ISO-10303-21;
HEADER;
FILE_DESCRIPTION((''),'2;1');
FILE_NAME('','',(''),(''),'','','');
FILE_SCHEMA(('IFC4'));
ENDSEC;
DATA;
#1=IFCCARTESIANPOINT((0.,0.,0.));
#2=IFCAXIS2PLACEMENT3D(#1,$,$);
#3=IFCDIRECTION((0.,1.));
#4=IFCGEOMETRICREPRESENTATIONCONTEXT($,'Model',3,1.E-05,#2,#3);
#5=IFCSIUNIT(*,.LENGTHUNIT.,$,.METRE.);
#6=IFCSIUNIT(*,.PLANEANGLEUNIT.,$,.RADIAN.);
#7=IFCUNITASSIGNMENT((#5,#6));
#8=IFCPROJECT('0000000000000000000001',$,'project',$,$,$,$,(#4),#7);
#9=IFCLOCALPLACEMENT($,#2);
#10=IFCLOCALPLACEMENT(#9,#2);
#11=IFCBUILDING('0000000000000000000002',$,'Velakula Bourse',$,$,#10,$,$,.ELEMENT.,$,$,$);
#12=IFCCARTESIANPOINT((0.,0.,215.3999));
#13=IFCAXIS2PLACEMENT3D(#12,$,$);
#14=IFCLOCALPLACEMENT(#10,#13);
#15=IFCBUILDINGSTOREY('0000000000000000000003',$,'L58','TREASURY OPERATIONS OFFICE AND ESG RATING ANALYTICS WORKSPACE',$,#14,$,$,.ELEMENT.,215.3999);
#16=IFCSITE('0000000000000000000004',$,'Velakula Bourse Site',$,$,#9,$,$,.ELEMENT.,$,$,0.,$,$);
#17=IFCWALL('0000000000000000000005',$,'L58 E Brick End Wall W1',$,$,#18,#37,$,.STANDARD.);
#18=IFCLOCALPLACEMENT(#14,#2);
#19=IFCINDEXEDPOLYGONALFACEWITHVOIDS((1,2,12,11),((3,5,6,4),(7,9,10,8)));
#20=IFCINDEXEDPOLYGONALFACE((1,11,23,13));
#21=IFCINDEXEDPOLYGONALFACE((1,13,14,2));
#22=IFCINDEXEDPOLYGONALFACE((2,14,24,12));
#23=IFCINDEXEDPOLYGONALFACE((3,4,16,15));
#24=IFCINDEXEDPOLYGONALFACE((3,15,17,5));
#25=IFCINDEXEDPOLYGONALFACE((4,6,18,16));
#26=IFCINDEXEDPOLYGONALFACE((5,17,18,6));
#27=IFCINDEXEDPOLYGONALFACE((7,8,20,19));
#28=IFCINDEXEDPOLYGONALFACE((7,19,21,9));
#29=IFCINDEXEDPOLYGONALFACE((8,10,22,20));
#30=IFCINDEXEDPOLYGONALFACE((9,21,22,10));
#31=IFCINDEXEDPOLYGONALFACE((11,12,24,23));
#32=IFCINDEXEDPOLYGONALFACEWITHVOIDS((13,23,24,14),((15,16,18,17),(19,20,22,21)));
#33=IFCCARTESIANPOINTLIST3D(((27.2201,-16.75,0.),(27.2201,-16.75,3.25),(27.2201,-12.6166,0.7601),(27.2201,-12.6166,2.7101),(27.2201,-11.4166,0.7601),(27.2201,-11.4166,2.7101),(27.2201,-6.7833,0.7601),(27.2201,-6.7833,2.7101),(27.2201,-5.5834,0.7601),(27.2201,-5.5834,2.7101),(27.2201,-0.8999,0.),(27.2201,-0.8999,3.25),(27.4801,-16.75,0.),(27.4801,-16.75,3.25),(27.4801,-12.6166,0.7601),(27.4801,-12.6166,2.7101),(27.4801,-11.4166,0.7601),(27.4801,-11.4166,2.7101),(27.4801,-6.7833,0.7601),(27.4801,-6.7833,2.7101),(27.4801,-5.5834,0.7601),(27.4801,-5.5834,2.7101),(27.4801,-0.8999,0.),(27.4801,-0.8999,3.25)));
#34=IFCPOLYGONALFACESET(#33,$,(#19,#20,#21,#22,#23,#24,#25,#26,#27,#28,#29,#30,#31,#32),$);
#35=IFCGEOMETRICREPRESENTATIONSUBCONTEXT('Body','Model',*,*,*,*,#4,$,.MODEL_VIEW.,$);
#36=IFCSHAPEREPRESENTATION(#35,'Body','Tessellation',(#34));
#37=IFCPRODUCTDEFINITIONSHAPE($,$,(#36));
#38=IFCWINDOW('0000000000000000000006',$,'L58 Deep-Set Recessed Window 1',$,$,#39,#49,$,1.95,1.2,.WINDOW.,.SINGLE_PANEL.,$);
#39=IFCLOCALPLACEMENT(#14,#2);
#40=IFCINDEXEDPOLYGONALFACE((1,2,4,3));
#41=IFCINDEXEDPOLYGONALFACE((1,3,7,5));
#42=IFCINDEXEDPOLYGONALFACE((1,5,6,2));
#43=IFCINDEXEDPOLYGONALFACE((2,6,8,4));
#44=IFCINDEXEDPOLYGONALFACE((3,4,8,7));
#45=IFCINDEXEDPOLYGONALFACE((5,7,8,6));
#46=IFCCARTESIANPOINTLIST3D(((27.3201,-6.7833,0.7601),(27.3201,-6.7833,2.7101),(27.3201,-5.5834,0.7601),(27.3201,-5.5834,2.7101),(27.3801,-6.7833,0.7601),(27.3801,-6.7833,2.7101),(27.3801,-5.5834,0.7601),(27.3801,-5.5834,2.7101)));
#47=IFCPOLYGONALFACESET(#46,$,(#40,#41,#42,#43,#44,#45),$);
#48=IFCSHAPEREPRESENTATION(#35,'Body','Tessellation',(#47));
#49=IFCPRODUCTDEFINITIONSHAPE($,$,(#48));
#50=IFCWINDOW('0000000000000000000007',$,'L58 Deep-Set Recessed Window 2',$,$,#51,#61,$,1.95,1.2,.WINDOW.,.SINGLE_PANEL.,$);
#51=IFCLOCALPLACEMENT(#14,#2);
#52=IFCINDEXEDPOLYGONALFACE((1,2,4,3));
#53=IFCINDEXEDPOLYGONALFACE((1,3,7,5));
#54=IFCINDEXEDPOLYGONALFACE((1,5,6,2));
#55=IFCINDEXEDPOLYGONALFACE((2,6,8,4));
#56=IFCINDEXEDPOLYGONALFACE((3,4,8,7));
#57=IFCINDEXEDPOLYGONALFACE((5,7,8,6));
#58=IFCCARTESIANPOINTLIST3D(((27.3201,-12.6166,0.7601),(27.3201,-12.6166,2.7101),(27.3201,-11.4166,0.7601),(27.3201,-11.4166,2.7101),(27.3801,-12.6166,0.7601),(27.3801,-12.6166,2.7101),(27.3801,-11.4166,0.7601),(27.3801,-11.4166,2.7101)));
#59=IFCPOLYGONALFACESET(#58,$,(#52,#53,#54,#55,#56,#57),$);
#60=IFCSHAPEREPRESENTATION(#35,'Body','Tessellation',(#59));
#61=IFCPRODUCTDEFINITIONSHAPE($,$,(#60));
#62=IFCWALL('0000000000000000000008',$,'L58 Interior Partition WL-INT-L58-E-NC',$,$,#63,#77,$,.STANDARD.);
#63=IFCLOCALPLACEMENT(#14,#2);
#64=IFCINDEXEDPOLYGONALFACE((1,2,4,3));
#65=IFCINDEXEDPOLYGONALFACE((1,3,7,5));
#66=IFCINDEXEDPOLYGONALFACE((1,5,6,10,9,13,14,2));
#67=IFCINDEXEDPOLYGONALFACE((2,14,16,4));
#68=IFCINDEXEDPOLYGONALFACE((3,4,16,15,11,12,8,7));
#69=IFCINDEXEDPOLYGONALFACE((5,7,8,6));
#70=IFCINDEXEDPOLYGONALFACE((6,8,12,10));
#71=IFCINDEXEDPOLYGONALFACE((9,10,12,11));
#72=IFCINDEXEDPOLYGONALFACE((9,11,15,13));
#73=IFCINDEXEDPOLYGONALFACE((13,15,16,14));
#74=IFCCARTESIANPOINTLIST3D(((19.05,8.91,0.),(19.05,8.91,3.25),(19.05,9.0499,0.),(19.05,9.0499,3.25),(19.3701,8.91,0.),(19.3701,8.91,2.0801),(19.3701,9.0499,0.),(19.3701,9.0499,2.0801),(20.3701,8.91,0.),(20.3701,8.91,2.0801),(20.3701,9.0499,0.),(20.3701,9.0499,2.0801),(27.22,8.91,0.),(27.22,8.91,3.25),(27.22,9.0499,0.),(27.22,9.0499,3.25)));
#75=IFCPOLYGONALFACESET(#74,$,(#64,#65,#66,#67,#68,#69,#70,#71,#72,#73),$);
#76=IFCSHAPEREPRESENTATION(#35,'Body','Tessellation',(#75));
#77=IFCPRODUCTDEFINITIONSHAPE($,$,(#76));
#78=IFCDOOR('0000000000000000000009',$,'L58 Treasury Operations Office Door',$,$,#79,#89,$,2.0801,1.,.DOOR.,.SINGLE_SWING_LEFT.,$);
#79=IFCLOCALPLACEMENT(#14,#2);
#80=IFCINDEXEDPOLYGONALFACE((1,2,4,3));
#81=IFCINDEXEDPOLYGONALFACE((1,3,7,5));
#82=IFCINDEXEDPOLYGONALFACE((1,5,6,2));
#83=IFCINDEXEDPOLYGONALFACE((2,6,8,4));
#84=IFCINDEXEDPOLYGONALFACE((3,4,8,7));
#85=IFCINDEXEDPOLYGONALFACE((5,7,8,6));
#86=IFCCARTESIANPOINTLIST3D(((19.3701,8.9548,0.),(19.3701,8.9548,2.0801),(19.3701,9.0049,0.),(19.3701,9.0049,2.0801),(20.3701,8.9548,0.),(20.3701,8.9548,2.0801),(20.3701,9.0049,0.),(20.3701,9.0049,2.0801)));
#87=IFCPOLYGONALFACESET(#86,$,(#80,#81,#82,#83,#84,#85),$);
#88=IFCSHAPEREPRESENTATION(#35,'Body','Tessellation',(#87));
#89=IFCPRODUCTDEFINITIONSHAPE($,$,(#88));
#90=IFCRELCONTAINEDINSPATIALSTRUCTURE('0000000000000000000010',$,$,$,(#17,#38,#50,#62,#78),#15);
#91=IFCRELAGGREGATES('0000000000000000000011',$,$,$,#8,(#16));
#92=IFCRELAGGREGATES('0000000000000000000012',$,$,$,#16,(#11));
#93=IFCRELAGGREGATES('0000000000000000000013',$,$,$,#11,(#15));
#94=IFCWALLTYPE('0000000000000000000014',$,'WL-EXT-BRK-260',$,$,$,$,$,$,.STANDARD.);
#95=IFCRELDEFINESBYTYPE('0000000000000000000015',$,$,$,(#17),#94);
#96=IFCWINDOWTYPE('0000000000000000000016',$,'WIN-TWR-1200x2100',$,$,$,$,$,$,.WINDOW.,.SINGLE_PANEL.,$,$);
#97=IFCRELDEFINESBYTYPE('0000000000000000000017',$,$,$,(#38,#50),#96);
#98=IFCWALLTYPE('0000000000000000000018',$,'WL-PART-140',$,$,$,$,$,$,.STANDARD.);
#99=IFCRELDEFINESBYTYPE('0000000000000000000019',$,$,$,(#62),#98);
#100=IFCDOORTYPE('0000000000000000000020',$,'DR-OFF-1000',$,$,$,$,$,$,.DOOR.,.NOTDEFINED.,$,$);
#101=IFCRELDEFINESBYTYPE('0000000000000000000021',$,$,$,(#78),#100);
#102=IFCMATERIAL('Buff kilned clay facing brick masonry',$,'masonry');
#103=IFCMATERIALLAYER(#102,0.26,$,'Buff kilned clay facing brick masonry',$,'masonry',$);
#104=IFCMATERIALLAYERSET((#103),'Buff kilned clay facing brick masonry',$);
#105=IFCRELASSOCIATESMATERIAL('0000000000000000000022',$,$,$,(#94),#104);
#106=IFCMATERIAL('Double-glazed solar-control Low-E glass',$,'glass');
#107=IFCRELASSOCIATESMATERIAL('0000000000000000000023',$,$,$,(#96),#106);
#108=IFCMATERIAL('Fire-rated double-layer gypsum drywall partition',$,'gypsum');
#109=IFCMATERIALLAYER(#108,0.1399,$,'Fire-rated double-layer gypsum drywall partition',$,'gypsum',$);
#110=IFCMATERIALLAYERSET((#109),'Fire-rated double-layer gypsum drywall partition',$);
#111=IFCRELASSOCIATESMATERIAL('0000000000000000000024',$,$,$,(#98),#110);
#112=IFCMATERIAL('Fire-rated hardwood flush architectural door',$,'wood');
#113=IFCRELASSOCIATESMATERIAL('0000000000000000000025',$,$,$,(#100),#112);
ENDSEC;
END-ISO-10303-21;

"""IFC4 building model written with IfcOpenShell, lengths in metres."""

from ifc_helpers import new_model, si_unit, direction, frame, frame_2d, origin, place, context, subcontext, project, spatial, rectangle, extrude, material, layer, layer_set, type_object, element, fill, save


model = new_model("IFC4")

# Units and contexts
model_context = context("Model", 3, precision=1e-05, world=origin(), true_north=direction((0.0, 1.0)))
body_context = subcontext(model_context, "Body", "Model", "MODEL_VIEW")
ifc_project = project(units=[si_unit("LENGTHUNIT", "METRE"), si_unit("PLANEANGLEUNIT", "RADIAN")], contexts=[model_context])

# Site, building, storey
site_placement = place(None, origin())
site = spatial("IfcSite", under=ifc_project, at=site_placement, Name="Velakula Bourse Site", CompositionType="ELEMENT", RefElevation=0.0)
building_placement = place(site_placement, origin())
building = spatial("IfcBuilding", under=site, at=building_placement, Name="Velakula Bourse", CompositionType="ELEMENT")
storey_placement = place(building_placement, frame((0.0, 0.0, 215.3999)))
storey = spatial("IfcBuildingStorey", under=building, at=storey_placement, Name="L58", Description="TREASURY OPERATIONS OFFICE AND ESG RATING ANALYTICS WORKSPACE", CompositionType="ELEMENT", Elevation=215.3999)

# Wall, openings, windows
ifc_material_1 = material(Name="Buff kilned clay facing brick masonry", Category="masonry")
ifc_layer_1 = layer(ifc_material_1, 0.26, Name="Buff kilned clay facing brick masonry", Category="masonry")
ifc_layer_set_1 = layer_set([ifc_layer_1], Name="Buff kilned clay facing brick masonry")
wall_type_1 = type_object("IfcWallType", Name="WL-EXT-BRK-260", PredefinedType="STANDARD", material=ifc_layer_set_1)
wall_1_placement = place(storey_placement, frame((27.3501, -0.8999, 0.0), z_axis=(0.0, 0.0, 1.0), x_axis=(0.0, -1.0, 0.0)))
wall_1 = element("IfcWall", 1, at=wall_1_placement, inside=storey, type_object=wall_type_1, Name="L58 E Brick End Wall W1", PredefinedType="STANDARD", context=body_context, shape_type="SweptSolid", body=[
    extrude(rectangle(XDim=15.8501, YDim=0.26, at=frame_2d((7.925, 0.0))), origin(), (0.0, 0.0, 1.0), 3.25),
])
opening_1_placement = place(wall_1_placement, frame((4.6833, 0.0, 0.76)))
opening_1 = element("IfcOpeningElement", 2, at=opening_1_placement, cuts=wall_1, PredefinedType="OPENING", context=body_context, shape_type="SweptSolid", body=[
    extrude(rectangle(XDim=1.2, YDim=1.95, at=frame_2d((0.6001, 0.9751))), frame((0.0, 0.1399, 0.0), z_axis=(0.0, -1.0, 0.0), x_axis=(1.0, 0.0, 0.0)), (0.0, 0.0, 1.0), 0.28),
])
opening_2_placement = place(wall_1_placement, frame((10.5166, 0.0, 0.76)))
opening_2 = element("IfcOpeningElement", 3, at=opening_2_placement, cuts=wall_1, PredefinedType="OPENING", context=body_context, shape_type="SweptSolid", body=[
    extrude(rectangle(XDim=1.2, YDim=1.95, at=frame_2d((0.6001, 0.9751))), frame((0.0, 0.1399, 0.0), z_axis=(0.0, -1.0, 0.0), x_axis=(1.0, 0.0, 0.0)), (0.0, 0.0, 1.0), 0.28),
])
ifc_material_2 = material(Name="Double-glazed solar-control Low-E glass", Category="glass")
window_type = type_object("IfcWindowType", Name="WIN-TWR-1200x2100", PartitioningType="SINGLE_PANEL", PredefinedType="WINDOW", material=ifc_material_2)
window_1_placement = place(opening_1_placement, origin())
window_1 = element("IfcWindow", 4, at=window_1_placement, inside=storey, type_object=window_type, Name="L58 Deep-Set Recessed Window 1", OverallHeight=1.95, OverallWidth=1.2, PartitioningType="SINGLE_PANEL", PredefinedType="WINDOW", context=body_context, shape_type="SweptSolid", body=[
    extrude(rectangle(XDim=1.2, YDim=1.95, at=frame_2d((0.6001, 0.9751))), frame((0.0, 0.03, 0.0), z_axis=(0.0, -1.0, 0.0), x_axis=(1.0, 0.0, 0.0)), (0.0, 0.0, 1.0), 0.0601),
])
fill(opening_1, window_1)
window_2_placement = place(opening_2_placement, origin())
window_2 = element("IfcWindow", 5, at=window_2_placement, inside=storey, type_object=window_type, Name="L58 Deep-Set Recessed Window 2", OverallHeight=1.95, OverallWidth=1.2, PartitioningType="SINGLE_PANEL", PredefinedType="WINDOW", context=body_context, shape_type="SweptSolid", body=[
    extrude(rectangle(XDim=1.2, YDim=1.95, at=frame_2d((0.6001, 0.9751))), frame((0.0, 0.03, 0.0), z_axis=(0.0, -1.0, 0.0), x_axis=(1.0, 0.0, 0.0)), (0.0, 0.0, 1.0), 0.0601),
])
fill(opening_2, window_2)

# Wall, opening, door
ifc_material_3 = material(Name="Fire-rated double-layer gypsum drywall partition", Category="gypsum")
ifc_layer_2 = layer(ifc_material_3, 0.1399, Name="Fire-rated double-layer gypsum drywall partition", Category="gypsum")
ifc_layer_set_2 = layer_set([ifc_layer_2], Name="Fire-rated double-layer gypsum drywall partition")
wall_type_2 = type_object("IfcWallType", Name="WL-PART-140", PredefinedType="STANDARD", material=ifc_layer_set_2)
wall_2_placement = place(storey_placement, frame((19.05, 8.98, 0.0), z_axis=(0.0, 0.0, 1.0), x_axis=(1.0, 0.0, 0.0)))
wall_2 = element("IfcWall", 6, at=wall_2_placement, inside=storey, type_object=wall_type_2, Name="L58 Interior Partition WL-INT-L58-E-NC", PredefinedType="STANDARD", context=body_context, shape_type="SweptSolid", body=[
    extrude(rectangle(XDim=8.1699, YDim=0.1399, at=frame_2d((4.085, 0.0))), origin(), (0.0, 0.0, 1.0), 3.25),
])
opening_3_placement = place(wall_2_placement, frame((0.3201, 0.0, 0.0)))
opening_3 = element("IfcOpeningElement", 7, at=opening_3_placement, cuts=wall_2, PredefinedType="OPENING", context=body_context, shape_type="SweptSolid", body=[
    extrude(rectangle(XDim=1.0, YDim=2.0801, at=frame_2d((0.5, 1.04))), frame((0.0, 0.0798, 0.0), z_axis=(0.0, -1.0, 0.0), x_axis=(1.0, 0.0, 0.0)), (0.0, 0.0, 1.0), 0.1599),
])
ifc_material_4 = material(Name="Fire-rated hardwood flush architectural door", Category="wood")
door_type = type_object("IfcDoorType", Name="DR-OFF-1000", OperationType="NOTDEFINED", PredefinedType="DOOR", material=ifc_material_4)
door_placement = place(opening_3_placement, origin())
door = element("IfcDoor", 8, at=door_placement, inside=storey, type_object=door_type, Name="L58 Treasury Operations Office Door", OperationType="SINGLE_SWING_LEFT", OverallHeight=2.0801, OverallWidth=1.0, PredefinedType="DOOR", context=body_context, shape_type="SweptSolid", body=[
    extrude(rectangle(XDim=1.0, YDim=2.0801, at=frame_2d((0.5, 1.04))), frame((0.0, 0.0249, 0.0), z_axis=(0.0, -1.0, 0.0), x_axis=(1.0, 0.0, 0.0)), (0.0, 0.0, 1.0), 0.05),
])
fill(opening_3, door)

save(model, "model.ifc")
